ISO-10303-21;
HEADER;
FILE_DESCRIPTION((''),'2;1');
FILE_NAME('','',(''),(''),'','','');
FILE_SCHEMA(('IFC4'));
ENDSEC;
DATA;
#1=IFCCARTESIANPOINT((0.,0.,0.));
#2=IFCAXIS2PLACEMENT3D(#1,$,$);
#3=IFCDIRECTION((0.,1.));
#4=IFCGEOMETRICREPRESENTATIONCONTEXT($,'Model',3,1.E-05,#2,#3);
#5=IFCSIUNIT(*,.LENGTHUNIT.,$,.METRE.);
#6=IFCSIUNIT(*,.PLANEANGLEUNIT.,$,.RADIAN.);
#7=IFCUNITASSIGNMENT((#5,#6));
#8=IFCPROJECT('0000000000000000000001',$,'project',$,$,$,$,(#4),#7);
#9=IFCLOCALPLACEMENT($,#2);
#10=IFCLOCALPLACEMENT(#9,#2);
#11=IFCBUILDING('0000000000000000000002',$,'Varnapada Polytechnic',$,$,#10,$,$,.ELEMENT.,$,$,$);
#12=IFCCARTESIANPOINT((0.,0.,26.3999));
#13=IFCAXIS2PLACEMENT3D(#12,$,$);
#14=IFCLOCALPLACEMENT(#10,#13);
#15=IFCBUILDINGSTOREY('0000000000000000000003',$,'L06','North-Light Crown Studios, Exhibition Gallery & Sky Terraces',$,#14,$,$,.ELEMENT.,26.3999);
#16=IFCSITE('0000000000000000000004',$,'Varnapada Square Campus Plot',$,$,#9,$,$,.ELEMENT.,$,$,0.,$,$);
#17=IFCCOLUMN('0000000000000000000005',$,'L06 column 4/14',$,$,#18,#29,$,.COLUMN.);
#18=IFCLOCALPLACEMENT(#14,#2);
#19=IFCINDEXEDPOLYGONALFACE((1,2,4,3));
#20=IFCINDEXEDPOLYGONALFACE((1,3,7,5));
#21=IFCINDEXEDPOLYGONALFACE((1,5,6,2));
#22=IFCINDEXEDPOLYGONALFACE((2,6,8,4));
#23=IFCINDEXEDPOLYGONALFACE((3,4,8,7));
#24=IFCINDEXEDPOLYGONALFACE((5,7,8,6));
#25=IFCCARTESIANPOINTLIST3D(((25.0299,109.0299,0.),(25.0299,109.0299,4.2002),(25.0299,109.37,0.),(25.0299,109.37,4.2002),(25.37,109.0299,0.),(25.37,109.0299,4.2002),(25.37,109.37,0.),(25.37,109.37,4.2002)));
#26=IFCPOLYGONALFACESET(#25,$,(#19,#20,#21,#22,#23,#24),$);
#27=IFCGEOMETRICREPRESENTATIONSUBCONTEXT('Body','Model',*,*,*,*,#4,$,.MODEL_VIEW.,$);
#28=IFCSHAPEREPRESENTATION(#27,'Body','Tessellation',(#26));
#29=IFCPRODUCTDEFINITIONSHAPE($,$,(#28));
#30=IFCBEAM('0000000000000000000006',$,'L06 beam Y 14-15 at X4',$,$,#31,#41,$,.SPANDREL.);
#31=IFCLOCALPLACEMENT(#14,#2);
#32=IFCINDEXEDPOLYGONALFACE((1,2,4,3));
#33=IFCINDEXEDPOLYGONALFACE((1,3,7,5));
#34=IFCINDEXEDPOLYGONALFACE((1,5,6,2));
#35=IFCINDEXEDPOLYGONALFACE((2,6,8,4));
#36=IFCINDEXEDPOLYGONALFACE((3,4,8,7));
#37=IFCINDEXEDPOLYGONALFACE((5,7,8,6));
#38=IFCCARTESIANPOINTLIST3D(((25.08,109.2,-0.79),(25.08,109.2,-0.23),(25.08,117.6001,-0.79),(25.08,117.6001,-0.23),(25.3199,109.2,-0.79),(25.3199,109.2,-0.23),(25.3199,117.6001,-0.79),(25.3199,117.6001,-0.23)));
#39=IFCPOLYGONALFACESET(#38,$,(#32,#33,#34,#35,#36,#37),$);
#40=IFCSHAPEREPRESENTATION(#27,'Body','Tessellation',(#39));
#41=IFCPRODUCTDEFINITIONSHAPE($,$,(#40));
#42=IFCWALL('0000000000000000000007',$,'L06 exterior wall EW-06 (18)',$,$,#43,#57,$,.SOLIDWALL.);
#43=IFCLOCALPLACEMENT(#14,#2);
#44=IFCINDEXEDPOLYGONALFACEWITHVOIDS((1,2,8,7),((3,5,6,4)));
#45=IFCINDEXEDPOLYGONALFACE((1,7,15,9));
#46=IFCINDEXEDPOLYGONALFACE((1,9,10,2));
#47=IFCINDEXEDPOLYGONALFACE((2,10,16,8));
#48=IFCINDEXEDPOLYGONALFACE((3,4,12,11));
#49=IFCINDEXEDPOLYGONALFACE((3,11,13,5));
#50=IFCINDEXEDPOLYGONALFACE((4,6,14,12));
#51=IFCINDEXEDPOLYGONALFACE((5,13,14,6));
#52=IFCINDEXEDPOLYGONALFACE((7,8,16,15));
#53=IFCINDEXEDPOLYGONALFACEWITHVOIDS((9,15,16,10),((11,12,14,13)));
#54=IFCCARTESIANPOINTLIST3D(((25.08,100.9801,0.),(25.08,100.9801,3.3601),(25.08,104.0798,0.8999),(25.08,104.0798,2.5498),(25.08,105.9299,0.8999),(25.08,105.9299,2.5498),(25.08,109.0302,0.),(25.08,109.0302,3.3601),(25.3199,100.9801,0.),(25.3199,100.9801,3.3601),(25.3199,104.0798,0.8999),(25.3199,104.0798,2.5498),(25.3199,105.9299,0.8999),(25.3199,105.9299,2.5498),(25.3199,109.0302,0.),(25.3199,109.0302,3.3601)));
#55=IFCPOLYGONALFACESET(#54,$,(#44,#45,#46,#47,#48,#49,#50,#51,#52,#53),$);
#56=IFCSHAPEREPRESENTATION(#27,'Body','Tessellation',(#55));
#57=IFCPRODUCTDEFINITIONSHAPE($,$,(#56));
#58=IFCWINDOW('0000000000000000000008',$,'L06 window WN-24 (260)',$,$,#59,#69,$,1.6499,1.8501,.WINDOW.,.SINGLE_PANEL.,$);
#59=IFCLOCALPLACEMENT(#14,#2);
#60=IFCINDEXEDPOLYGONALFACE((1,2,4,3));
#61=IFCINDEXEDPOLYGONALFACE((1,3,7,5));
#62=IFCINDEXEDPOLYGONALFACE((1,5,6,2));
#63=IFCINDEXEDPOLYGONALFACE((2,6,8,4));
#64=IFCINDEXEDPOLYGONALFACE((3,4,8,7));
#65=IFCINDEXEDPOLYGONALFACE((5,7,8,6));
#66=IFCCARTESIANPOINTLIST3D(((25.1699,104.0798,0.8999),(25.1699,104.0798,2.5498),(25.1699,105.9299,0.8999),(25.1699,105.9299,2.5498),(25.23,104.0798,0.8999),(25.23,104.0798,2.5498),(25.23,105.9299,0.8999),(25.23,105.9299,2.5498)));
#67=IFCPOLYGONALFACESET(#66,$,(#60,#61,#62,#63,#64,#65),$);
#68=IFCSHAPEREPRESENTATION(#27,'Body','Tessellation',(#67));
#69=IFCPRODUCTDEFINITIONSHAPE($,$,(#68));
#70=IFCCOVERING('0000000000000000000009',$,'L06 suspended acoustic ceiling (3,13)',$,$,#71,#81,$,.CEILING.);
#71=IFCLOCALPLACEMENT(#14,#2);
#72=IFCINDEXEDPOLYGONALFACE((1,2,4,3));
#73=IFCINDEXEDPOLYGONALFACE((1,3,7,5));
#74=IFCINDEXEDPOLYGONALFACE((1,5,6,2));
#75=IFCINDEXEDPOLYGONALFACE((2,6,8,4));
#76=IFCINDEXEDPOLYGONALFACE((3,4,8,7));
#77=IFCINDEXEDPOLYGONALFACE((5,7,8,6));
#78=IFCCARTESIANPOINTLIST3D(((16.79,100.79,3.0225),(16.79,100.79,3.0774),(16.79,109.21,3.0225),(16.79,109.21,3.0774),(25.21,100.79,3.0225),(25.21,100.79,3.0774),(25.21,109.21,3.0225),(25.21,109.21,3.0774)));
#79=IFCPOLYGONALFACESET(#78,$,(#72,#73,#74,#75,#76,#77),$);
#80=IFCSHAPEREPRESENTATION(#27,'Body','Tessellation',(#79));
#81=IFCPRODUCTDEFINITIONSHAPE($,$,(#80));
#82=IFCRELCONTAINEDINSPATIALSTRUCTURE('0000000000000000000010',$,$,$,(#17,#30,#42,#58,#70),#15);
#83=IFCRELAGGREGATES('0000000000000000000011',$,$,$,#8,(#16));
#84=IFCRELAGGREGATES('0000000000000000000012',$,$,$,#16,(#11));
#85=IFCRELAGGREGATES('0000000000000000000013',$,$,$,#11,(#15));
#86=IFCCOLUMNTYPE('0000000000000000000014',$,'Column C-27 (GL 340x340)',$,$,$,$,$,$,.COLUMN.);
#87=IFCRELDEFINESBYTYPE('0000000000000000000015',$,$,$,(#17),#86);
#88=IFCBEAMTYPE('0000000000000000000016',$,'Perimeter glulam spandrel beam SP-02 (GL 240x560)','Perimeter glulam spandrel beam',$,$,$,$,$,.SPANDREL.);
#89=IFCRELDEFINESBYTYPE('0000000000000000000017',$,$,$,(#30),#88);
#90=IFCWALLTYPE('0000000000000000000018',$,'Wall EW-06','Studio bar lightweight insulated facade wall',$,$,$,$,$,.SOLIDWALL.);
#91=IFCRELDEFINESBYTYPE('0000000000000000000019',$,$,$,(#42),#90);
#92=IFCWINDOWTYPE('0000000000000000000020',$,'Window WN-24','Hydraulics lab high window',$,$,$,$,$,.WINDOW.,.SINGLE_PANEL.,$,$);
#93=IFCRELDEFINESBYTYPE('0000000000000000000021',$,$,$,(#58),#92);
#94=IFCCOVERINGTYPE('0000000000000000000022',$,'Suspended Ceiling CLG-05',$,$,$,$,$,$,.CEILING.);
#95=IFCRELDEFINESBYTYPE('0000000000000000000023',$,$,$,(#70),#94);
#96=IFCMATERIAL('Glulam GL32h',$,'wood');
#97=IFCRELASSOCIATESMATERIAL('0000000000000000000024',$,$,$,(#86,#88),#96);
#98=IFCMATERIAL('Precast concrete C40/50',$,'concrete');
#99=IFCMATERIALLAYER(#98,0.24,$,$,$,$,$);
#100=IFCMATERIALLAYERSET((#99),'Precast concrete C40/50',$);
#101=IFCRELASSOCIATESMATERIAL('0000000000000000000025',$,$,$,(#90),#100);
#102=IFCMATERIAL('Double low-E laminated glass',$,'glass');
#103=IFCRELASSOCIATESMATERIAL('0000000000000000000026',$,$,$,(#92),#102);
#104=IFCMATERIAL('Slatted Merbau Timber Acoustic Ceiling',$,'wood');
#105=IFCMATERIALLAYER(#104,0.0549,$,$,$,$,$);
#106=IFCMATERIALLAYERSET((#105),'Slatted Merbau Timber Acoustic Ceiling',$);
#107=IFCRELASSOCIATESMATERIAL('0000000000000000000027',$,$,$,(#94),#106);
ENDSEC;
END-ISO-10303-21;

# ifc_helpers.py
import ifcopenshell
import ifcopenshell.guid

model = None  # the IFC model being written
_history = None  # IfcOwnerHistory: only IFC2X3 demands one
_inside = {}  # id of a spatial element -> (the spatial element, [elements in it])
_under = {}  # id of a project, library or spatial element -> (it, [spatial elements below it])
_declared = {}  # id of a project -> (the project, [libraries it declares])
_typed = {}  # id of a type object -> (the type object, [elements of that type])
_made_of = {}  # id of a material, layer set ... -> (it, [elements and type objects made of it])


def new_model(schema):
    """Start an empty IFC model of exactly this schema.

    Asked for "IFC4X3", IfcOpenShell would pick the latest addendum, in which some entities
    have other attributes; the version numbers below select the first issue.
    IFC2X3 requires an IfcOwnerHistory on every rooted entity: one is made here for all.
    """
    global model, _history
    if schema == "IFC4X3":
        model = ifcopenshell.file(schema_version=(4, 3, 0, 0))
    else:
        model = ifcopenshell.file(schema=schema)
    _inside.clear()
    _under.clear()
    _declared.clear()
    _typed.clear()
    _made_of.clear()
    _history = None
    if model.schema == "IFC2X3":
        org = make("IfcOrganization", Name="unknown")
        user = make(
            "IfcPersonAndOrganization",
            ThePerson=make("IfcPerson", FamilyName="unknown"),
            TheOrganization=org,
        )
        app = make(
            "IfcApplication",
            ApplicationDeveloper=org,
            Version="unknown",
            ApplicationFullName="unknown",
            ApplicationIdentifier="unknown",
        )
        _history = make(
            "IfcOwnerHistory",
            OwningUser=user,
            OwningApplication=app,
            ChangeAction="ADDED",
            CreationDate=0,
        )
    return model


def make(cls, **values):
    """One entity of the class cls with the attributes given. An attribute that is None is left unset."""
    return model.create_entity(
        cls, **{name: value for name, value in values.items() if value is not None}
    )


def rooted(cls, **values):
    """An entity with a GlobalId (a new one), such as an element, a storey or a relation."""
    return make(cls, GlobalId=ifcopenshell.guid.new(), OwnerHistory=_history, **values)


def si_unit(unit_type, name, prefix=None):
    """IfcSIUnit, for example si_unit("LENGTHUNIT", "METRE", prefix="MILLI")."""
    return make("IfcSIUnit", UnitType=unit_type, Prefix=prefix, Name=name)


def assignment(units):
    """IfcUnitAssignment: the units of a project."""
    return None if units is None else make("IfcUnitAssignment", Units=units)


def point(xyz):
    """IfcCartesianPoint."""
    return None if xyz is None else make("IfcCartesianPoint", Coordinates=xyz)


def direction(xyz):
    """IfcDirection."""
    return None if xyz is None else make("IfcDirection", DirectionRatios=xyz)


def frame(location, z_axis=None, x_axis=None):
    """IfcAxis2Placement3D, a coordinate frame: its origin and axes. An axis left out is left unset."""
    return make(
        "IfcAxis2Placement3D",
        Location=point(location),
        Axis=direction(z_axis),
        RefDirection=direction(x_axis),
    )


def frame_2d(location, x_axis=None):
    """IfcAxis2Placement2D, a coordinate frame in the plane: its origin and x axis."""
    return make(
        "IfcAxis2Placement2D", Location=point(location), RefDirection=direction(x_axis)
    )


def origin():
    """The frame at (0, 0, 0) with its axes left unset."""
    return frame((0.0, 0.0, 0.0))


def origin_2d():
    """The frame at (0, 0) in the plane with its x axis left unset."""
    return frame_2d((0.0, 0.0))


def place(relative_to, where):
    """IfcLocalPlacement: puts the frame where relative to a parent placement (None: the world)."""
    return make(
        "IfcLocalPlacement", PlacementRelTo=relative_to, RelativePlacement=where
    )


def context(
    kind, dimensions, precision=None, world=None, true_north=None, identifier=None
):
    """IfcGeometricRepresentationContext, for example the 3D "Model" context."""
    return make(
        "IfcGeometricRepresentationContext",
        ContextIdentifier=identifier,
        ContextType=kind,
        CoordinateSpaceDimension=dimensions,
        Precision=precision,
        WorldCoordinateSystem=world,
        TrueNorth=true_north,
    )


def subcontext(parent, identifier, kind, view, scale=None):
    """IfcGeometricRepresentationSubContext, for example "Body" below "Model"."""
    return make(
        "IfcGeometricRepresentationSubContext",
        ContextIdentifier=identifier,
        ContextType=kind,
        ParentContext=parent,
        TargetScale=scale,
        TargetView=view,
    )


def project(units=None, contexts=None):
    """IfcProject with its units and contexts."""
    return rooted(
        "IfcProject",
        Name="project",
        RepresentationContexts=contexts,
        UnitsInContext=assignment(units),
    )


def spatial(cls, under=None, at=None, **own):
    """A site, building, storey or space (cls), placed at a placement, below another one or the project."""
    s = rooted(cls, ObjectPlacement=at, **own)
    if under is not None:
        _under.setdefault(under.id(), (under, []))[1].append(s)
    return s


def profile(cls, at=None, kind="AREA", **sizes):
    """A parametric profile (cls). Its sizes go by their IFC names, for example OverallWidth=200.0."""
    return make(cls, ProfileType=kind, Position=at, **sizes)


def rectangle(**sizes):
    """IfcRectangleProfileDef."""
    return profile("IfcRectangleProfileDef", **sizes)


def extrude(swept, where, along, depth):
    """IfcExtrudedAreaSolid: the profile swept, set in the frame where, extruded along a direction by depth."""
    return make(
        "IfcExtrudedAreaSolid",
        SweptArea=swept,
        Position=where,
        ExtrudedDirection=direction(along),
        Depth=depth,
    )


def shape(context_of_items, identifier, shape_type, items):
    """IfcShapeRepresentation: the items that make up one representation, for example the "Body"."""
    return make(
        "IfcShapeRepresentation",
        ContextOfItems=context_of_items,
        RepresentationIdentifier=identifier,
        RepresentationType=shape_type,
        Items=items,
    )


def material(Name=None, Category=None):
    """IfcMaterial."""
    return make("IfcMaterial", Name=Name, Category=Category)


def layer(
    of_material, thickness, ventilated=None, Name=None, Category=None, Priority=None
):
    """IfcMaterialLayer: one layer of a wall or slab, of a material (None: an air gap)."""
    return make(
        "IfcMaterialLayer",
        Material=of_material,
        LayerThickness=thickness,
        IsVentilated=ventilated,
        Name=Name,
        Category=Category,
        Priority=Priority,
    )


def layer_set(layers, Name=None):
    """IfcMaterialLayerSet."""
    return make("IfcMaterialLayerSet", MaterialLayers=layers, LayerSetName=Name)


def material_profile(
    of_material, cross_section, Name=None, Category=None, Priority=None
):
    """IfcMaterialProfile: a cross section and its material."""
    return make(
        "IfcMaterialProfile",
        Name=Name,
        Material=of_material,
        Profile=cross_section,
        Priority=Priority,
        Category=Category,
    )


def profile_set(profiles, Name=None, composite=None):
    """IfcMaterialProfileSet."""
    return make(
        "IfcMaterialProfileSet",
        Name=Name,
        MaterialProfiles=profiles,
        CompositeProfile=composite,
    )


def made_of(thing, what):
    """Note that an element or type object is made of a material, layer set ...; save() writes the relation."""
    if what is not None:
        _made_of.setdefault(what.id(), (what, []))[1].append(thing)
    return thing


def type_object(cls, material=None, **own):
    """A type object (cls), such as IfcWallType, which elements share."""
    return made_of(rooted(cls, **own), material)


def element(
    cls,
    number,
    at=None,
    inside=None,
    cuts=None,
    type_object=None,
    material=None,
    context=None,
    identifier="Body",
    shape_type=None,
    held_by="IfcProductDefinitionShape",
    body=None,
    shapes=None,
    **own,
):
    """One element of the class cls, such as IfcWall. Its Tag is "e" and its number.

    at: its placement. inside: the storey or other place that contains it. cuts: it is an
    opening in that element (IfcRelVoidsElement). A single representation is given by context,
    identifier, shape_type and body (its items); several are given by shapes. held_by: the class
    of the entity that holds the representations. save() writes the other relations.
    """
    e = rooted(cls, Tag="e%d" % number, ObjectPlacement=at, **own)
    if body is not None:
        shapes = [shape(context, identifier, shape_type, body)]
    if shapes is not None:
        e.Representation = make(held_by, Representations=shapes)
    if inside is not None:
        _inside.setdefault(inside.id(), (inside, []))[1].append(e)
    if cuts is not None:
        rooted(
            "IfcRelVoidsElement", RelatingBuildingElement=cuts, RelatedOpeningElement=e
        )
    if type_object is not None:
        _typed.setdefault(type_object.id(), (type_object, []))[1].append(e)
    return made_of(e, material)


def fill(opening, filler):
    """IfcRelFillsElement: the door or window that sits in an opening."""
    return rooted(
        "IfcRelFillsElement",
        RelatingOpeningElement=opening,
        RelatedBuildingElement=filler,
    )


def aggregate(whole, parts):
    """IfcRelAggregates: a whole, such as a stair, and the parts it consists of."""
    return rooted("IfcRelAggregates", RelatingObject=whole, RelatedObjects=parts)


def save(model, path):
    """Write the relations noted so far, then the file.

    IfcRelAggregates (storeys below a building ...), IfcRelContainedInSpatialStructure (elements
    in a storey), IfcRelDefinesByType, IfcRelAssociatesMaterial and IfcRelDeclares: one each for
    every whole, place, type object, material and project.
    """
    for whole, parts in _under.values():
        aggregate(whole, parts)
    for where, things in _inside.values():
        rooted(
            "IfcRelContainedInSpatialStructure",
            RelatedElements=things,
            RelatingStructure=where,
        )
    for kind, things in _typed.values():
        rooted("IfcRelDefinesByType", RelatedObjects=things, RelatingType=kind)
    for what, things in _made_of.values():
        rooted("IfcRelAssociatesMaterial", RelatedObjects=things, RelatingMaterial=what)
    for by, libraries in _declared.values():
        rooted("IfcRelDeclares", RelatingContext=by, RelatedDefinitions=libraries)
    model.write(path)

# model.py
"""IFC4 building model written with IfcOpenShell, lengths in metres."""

from ifc_helpers import new_model, si_unit, direction, frame, frame_2d, origin, origin_2d, place, context, subcontext, project, spatial, rectangle, extrude, material, layer, layer_set, material_profile, profile_set, type_object, element, fill, save


model = new_model("IFC4")

# Units and contexts
model_context = context("Model", 3, precision=1e-05, world=origin(), true_north=direction((0.0, 1.0)))
body_context = subcontext(model_context, "Body", "Model", "MODEL_VIEW")
ifc_project = project(units=[si_unit("LENGTHUNIT", "METRE"), si_unit("PLANEANGLEUNIT", "RADIAN")], contexts=[model_context])

# Site, building, storey
site_placement = place(None, origin())
site = spatial("IfcSite", under=ifc_project, at=site_placement, Name="Varnapada Square Campus Plot", CompositionType="ELEMENT", RefElevation=0.0)
building_placement = place(site_placement, origin())
building = spatial("IfcBuilding", under=site, at=building_placement, Name="Varnapada Polytechnic", CompositionType="ELEMENT")
storey_placement = place(building_placement, frame((0.0, 0.0, 26.3999)))
storey = spatial("IfcBuildingStorey", under=building, at=storey_placement, Name="L06", Description="North-Light Crown Studios, Exhibition Gallery & Sky Terraces", CompositionType="ELEMENT", Elevation=26.3999)

# Column
ifc_material_1 = material(Name="Glulam GL32h", Category="wood")
ifc_material_profile_1 = material_profile(ifc_material_1, rectangle(XDim=0.3401, YDim=0.3401, at=origin_2d()), Name="GL 340x340")
ifc_profile_set_1 = profile_set([ifc_material_profile_1], Name="Glulam GL32h")
column_type = type_object("IfcColumnType", Name="Column C-27 (GL 340x340)", PredefinedType="COLUMN", material=ifc_profile_set_1)
column_placement = place(storey_placement, frame((25.2, 109.2, 0.0), z_axis=(0.0, 0.0, 1.0), x_axis=(1.0, 0.0, 0.0)))
element("IfcColumn", 1, at=column_placement, inside=storey, type_object=column_type, Name="L06 column 4/14", PredefinedType="COLUMN", context=body_context, shape_type="SweptSolid", body=[
    extrude(rectangle(XDim=0.3401, YDim=0.3401, at=origin_2d()), origin(), (0.0, 0.0, 1.0), 4.2002),
])

# Beam
ifc_material_profile_2 = material_profile(ifc_material_1, rectangle(XDim=0.24, YDim=0.5601, at=origin_2d()), Name="GL 240x560")
ifc_profile_set_2 = profile_set([ifc_material_profile_2], Name="Glulam GL32h")
beam_type = type_object("IfcBeamType", Name="Perimeter glulam spandrel beam SP-02 (GL 240x560)", Description="Perimeter glulam spandrel beam", PredefinedType="SPANDREL", material=ifc_profile_set_2)
beam_placement = place(storey_placement, frame((25.2, 109.2, -0.51), z_axis=(0.0, 1.0, 0.0), x_axis=(-1.0, 0.0, 0.0)))
element("IfcBeam", 2, at=beam_placement, inside=storey, type_object=beam_type, Name="L06 beam Y 14-15 at X4", PredefinedType="SPANDREL", context=body_context, shape_type="SweptSolid", body=[
    extrude(rectangle(XDim=0.24, YDim=0.5601, at=origin_2d()), origin(), (0.0, 0.0, 1.0), 8.4001),
])

# Wall, opening, window
ifc_material_2 = material(Name="Precast concrete C40/50", Category="concrete")
ifc_layer_1 = layer(ifc_material_2, 0.24)
ifc_layer_set_1 = layer_set([ifc_layer_1], Name="Precast concrete C40/50")
wall_type = type_object("IfcWallType", Name="Wall EW-06", Description="Studio bar lightweight insulated facade wall", PredefinedType="SOLIDWALL", material=ifc_layer_set_1)
wall_placement = place(storey_placement, frame((25.2, 109.03, 0.0), z_axis=(0.0, 0.0, 1.0), x_axis=(0.0, -1.0, 0.0)))
wall = element("IfcWall", 3, at=wall_placement, inside=storey, type_object=wall_type, Name="L06 exterior wall EW-06 (18)", PredefinedType="SOLIDWALL", context=body_context, shape_type="SweptSolid", body=[
    extrude(rectangle(XDim=8.05, YDim=0.24, at=frame_2d((4.0249, 0.0))), origin(), (0.0, 0.0, 1.0), 3.3601),
])
opening_1_placement = place(wall_placement, frame((3.1001, 0.0, 0.8999)))
opening_1 = element("IfcOpeningElement", 4, at=opening_1_placement, cuts=wall, PredefinedType="OPENING", context=body_context, shape_type="SweptSolid", body=[
    extrude(rectangle(XDim=1.8501, YDim=1.6499, at=frame_2d((0.925, 0.825))), frame((0.0, 0.1299, 0.0), z_axis=(0.0, -1.0, 0.0), x_axis=(1.0, 0.0, 0.0)), (0.0, 0.0, 1.0), 0.26),
])
ifc_material_3 = material(Name="Double low-E laminated glass", Category="glass")
window_type = type_object("IfcWindowType", Name="Window WN-24", Description="Hydraulics lab high window", PartitioningType="SINGLE_PANEL", PredefinedType="WINDOW", material=ifc_material_3)
window_placement = place(opening_1_placement, origin())
window = element("IfcWindow", 5, at=window_placement, inside=storey, type_object=window_type, Name="L06 window WN-24 (260)", OverallHeight=1.6499, OverallWidth=1.8501, PartitioningType="SINGLE_PANEL", PredefinedType="WINDOW", context=body_context, shape_type="SweptSolid", body=[
    extrude(rectangle(XDim=1.8501, YDim=1.6499, at=frame_2d((0.925, 0.825))), frame((0.0, 0.03, 0.0), z_axis=(0.0, -1.0, 0.0), x_axis=(1.0, 0.0, 0.0)), (0.0, 0.0, 1.0), 0.0601),
])
fill(opening_1, window)

# Covering
ifc_material_4 = material(Name="Slatted Merbau Timber Acoustic Ceiling", Category="wood")
ifc_layer_2 = layer(ifc_material_4, 0.0549)
ifc_layer_set_2 = layer_set([ifc_layer_2], Name="Slatted Merbau Timber Acoustic Ceiling")
covering_type_1 = type_object("IfcCoveringType", Name="Suspended Ceiling CLG-05", PredefinedType="CEILING", material=ifc_layer_set_2)
covering_1_placement = place(storey_placement, frame((21.0, 105.0, 3.0225), z_axis=(0.0, 0.0, 1.0), x_axis=(1.0, 0.0, 0.0)))
element("IfcCovering", 6, at=covering_1_placement, inside=storey, type_object=covering_type_1, Name="L06 suspended acoustic ceiling (3,13)", PredefinedType="CEILING", context=body_context, shape_type="SweptSolid", body=[
    extrude(rectangle(XDim=8.4199, YDim=8.4199, at=origin_2d()), origin(), (0.0, 0.0, 1.0), 0.0549),
])

save(model, "model.ifc")
